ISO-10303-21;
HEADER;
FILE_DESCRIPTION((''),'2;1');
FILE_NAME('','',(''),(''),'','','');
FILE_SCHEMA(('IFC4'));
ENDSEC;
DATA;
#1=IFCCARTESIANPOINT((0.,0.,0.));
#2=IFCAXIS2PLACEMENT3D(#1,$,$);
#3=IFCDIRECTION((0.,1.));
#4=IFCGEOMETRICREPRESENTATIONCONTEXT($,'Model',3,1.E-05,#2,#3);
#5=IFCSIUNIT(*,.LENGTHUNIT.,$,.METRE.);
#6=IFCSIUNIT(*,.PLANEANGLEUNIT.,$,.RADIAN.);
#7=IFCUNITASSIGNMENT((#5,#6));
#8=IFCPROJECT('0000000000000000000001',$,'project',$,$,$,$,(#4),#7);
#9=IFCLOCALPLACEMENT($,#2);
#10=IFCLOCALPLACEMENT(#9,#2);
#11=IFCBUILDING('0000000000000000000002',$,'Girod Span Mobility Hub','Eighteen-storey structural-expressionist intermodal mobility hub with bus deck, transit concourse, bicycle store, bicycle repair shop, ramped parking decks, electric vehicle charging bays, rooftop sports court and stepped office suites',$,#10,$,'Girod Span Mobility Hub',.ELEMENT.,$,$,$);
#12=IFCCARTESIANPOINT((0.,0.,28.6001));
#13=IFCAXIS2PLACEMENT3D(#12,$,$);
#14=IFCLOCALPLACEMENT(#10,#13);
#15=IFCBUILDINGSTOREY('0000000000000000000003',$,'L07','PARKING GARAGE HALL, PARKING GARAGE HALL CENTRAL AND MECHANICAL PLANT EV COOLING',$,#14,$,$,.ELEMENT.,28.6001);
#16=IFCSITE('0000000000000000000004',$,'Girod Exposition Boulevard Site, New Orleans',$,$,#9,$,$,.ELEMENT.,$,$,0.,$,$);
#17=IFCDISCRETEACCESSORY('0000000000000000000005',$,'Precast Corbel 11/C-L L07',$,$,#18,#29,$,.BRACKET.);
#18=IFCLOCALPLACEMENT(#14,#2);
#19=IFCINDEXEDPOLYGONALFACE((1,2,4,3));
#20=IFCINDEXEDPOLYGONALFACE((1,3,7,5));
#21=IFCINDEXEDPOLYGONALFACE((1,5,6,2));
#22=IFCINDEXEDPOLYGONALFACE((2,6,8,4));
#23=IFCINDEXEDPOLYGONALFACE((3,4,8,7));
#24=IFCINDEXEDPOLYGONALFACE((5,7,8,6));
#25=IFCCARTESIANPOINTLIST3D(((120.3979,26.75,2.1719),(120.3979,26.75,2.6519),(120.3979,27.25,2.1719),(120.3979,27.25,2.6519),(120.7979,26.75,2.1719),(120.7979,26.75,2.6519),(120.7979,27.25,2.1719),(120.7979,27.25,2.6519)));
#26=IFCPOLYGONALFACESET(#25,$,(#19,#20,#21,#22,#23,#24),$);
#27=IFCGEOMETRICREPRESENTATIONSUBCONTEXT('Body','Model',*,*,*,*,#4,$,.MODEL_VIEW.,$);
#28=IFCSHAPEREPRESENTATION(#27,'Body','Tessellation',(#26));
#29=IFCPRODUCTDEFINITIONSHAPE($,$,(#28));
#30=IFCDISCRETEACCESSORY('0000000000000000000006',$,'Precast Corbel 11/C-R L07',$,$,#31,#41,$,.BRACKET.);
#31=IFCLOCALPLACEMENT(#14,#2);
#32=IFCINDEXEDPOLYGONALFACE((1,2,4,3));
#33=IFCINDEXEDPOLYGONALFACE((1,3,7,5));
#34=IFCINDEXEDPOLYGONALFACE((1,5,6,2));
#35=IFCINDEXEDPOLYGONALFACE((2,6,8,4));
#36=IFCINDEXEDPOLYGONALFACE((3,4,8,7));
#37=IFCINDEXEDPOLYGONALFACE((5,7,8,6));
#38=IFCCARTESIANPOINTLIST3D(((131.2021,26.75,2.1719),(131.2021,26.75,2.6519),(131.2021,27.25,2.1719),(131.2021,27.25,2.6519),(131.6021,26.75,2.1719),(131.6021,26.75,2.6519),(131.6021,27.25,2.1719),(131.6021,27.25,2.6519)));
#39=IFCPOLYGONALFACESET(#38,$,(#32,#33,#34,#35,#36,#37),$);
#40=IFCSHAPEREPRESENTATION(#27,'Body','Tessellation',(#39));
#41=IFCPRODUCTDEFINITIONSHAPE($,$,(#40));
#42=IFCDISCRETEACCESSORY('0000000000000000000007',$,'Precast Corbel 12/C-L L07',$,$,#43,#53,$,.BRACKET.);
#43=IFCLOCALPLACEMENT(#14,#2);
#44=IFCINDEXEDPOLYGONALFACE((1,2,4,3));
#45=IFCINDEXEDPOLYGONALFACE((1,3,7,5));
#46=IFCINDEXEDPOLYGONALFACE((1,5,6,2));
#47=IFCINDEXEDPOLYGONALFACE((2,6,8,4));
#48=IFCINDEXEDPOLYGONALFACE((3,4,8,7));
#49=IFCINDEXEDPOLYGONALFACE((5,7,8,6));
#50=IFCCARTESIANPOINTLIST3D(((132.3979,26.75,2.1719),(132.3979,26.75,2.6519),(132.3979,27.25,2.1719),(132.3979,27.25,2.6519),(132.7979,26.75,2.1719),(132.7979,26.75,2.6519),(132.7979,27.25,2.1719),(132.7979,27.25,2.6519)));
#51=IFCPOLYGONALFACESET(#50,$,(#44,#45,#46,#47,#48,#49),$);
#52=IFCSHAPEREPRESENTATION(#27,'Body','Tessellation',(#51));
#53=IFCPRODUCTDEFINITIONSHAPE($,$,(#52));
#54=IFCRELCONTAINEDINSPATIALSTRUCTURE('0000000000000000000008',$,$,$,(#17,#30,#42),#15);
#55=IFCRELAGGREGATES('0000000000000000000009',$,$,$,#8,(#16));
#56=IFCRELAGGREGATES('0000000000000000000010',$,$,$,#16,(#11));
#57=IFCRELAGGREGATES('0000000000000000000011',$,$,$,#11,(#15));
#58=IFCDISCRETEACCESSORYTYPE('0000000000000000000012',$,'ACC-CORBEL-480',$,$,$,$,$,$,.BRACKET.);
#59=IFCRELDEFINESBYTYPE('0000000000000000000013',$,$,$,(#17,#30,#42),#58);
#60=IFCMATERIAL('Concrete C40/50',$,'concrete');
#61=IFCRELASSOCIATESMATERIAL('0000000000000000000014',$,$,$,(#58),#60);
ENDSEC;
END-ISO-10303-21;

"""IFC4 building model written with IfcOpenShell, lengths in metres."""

from ifc_helpers import new_model, si_unit, direction, frame, origin, origin_2d, place, context, subcontext, project, spatial, rectangle, extrude, material, type_object, element, save


model = new_model("IFC4")

# Units and contexts
model_context = context("Model", 3, precision=1e-05, world=origin(), true_north=direction((0.0, 1.0)))
body_context = subcontext(model_context, "Body", "Model", "MODEL_VIEW")
ifc_project = project(units=[si_unit("LENGTHUNIT", "METRE"), si_unit("PLANEANGLEUNIT", "RADIAN")], contexts=[model_context])

# Site, building, storey
site_placement = place(None, origin())
site = spatial("IfcSite", under=ifc_project, at=site_placement, Name="Girod Exposition Boulevard Site, New Orleans", CompositionType="ELEMENT", RefElevation=0.0)
building_placement = place(site_placement, origin())
building = spatial("IfcBuilding", under=site, at=building_placement, Name="Girod Span Mobility Hub", Description="Eighteen-storey structural-expressionist intermodal mobility hub with bus deck, transit concourse, bicycle store, bicycle repair shop, ramped parking decks, electric vehicle charging bays, rooftop sports court and stepped office suites", LongName="Girod Span Mobility Hub", CompositionType="ELEMENT")
storey_placement = place(building_placement, frame((0.0, 0.0, 28.6001)))
storey = spatial("IfcBuildingStorey", under=building, at=storey_placement, Name="L07", Description="PARKING GARAGE HALL, PARKING GARAGE HALL CENTRAL AND MECHANICAL PLANT EV COOLING", CompositionType="ELEMENT", Elevation=28.6001)

# Discrete accessories
ifc_material_1 = material(Name="Concrete C40/50", Category="concrete")
discrete_accessory_type = type_object("IfcDiscreteAccessoryType", Name="ACC-CORBEL-480", PredefinedType="BRACKET", material=ifc_material_1)
for number, where, z_axis, x_axis, name in (
    (1, (120.5979, 27.0, 2.1719), (0.0, 0.0, 1.0), (1.0, 0.0, 0.0), "Precast Corbel 11/C-L L07"),
    (2, (131.4021, 27.0, 2.1719), (0.0, 0.0, 1.0), (1.0, 0.0, 0.0), "Precast Corbel 11/C-R L07"),
    (3, (132.5979, 27.0, 2.1719), (0.0, 0.0, 1.0), (1.0, 0.0, 0.0), "Precast Corbel 12/C-L L07"),
):
    element("IfcDiscreteAccessory", number, at=place(storey_placement, frame(where, z_axis=z_axis, x_axis=x_axis)), inside=storey, type_object=discrete_accessory_type, Name=name, PredefinedType="BRACKET", context=body_context, shape_type="SweptSolid", body=[
        extrude(rectangle(XDim=0.3999, YDim=0.5, at=origin_2d()), origin(), (0.0, 0.0, 1.0), 0.48),
    ])

save(model, "model.ifc")
